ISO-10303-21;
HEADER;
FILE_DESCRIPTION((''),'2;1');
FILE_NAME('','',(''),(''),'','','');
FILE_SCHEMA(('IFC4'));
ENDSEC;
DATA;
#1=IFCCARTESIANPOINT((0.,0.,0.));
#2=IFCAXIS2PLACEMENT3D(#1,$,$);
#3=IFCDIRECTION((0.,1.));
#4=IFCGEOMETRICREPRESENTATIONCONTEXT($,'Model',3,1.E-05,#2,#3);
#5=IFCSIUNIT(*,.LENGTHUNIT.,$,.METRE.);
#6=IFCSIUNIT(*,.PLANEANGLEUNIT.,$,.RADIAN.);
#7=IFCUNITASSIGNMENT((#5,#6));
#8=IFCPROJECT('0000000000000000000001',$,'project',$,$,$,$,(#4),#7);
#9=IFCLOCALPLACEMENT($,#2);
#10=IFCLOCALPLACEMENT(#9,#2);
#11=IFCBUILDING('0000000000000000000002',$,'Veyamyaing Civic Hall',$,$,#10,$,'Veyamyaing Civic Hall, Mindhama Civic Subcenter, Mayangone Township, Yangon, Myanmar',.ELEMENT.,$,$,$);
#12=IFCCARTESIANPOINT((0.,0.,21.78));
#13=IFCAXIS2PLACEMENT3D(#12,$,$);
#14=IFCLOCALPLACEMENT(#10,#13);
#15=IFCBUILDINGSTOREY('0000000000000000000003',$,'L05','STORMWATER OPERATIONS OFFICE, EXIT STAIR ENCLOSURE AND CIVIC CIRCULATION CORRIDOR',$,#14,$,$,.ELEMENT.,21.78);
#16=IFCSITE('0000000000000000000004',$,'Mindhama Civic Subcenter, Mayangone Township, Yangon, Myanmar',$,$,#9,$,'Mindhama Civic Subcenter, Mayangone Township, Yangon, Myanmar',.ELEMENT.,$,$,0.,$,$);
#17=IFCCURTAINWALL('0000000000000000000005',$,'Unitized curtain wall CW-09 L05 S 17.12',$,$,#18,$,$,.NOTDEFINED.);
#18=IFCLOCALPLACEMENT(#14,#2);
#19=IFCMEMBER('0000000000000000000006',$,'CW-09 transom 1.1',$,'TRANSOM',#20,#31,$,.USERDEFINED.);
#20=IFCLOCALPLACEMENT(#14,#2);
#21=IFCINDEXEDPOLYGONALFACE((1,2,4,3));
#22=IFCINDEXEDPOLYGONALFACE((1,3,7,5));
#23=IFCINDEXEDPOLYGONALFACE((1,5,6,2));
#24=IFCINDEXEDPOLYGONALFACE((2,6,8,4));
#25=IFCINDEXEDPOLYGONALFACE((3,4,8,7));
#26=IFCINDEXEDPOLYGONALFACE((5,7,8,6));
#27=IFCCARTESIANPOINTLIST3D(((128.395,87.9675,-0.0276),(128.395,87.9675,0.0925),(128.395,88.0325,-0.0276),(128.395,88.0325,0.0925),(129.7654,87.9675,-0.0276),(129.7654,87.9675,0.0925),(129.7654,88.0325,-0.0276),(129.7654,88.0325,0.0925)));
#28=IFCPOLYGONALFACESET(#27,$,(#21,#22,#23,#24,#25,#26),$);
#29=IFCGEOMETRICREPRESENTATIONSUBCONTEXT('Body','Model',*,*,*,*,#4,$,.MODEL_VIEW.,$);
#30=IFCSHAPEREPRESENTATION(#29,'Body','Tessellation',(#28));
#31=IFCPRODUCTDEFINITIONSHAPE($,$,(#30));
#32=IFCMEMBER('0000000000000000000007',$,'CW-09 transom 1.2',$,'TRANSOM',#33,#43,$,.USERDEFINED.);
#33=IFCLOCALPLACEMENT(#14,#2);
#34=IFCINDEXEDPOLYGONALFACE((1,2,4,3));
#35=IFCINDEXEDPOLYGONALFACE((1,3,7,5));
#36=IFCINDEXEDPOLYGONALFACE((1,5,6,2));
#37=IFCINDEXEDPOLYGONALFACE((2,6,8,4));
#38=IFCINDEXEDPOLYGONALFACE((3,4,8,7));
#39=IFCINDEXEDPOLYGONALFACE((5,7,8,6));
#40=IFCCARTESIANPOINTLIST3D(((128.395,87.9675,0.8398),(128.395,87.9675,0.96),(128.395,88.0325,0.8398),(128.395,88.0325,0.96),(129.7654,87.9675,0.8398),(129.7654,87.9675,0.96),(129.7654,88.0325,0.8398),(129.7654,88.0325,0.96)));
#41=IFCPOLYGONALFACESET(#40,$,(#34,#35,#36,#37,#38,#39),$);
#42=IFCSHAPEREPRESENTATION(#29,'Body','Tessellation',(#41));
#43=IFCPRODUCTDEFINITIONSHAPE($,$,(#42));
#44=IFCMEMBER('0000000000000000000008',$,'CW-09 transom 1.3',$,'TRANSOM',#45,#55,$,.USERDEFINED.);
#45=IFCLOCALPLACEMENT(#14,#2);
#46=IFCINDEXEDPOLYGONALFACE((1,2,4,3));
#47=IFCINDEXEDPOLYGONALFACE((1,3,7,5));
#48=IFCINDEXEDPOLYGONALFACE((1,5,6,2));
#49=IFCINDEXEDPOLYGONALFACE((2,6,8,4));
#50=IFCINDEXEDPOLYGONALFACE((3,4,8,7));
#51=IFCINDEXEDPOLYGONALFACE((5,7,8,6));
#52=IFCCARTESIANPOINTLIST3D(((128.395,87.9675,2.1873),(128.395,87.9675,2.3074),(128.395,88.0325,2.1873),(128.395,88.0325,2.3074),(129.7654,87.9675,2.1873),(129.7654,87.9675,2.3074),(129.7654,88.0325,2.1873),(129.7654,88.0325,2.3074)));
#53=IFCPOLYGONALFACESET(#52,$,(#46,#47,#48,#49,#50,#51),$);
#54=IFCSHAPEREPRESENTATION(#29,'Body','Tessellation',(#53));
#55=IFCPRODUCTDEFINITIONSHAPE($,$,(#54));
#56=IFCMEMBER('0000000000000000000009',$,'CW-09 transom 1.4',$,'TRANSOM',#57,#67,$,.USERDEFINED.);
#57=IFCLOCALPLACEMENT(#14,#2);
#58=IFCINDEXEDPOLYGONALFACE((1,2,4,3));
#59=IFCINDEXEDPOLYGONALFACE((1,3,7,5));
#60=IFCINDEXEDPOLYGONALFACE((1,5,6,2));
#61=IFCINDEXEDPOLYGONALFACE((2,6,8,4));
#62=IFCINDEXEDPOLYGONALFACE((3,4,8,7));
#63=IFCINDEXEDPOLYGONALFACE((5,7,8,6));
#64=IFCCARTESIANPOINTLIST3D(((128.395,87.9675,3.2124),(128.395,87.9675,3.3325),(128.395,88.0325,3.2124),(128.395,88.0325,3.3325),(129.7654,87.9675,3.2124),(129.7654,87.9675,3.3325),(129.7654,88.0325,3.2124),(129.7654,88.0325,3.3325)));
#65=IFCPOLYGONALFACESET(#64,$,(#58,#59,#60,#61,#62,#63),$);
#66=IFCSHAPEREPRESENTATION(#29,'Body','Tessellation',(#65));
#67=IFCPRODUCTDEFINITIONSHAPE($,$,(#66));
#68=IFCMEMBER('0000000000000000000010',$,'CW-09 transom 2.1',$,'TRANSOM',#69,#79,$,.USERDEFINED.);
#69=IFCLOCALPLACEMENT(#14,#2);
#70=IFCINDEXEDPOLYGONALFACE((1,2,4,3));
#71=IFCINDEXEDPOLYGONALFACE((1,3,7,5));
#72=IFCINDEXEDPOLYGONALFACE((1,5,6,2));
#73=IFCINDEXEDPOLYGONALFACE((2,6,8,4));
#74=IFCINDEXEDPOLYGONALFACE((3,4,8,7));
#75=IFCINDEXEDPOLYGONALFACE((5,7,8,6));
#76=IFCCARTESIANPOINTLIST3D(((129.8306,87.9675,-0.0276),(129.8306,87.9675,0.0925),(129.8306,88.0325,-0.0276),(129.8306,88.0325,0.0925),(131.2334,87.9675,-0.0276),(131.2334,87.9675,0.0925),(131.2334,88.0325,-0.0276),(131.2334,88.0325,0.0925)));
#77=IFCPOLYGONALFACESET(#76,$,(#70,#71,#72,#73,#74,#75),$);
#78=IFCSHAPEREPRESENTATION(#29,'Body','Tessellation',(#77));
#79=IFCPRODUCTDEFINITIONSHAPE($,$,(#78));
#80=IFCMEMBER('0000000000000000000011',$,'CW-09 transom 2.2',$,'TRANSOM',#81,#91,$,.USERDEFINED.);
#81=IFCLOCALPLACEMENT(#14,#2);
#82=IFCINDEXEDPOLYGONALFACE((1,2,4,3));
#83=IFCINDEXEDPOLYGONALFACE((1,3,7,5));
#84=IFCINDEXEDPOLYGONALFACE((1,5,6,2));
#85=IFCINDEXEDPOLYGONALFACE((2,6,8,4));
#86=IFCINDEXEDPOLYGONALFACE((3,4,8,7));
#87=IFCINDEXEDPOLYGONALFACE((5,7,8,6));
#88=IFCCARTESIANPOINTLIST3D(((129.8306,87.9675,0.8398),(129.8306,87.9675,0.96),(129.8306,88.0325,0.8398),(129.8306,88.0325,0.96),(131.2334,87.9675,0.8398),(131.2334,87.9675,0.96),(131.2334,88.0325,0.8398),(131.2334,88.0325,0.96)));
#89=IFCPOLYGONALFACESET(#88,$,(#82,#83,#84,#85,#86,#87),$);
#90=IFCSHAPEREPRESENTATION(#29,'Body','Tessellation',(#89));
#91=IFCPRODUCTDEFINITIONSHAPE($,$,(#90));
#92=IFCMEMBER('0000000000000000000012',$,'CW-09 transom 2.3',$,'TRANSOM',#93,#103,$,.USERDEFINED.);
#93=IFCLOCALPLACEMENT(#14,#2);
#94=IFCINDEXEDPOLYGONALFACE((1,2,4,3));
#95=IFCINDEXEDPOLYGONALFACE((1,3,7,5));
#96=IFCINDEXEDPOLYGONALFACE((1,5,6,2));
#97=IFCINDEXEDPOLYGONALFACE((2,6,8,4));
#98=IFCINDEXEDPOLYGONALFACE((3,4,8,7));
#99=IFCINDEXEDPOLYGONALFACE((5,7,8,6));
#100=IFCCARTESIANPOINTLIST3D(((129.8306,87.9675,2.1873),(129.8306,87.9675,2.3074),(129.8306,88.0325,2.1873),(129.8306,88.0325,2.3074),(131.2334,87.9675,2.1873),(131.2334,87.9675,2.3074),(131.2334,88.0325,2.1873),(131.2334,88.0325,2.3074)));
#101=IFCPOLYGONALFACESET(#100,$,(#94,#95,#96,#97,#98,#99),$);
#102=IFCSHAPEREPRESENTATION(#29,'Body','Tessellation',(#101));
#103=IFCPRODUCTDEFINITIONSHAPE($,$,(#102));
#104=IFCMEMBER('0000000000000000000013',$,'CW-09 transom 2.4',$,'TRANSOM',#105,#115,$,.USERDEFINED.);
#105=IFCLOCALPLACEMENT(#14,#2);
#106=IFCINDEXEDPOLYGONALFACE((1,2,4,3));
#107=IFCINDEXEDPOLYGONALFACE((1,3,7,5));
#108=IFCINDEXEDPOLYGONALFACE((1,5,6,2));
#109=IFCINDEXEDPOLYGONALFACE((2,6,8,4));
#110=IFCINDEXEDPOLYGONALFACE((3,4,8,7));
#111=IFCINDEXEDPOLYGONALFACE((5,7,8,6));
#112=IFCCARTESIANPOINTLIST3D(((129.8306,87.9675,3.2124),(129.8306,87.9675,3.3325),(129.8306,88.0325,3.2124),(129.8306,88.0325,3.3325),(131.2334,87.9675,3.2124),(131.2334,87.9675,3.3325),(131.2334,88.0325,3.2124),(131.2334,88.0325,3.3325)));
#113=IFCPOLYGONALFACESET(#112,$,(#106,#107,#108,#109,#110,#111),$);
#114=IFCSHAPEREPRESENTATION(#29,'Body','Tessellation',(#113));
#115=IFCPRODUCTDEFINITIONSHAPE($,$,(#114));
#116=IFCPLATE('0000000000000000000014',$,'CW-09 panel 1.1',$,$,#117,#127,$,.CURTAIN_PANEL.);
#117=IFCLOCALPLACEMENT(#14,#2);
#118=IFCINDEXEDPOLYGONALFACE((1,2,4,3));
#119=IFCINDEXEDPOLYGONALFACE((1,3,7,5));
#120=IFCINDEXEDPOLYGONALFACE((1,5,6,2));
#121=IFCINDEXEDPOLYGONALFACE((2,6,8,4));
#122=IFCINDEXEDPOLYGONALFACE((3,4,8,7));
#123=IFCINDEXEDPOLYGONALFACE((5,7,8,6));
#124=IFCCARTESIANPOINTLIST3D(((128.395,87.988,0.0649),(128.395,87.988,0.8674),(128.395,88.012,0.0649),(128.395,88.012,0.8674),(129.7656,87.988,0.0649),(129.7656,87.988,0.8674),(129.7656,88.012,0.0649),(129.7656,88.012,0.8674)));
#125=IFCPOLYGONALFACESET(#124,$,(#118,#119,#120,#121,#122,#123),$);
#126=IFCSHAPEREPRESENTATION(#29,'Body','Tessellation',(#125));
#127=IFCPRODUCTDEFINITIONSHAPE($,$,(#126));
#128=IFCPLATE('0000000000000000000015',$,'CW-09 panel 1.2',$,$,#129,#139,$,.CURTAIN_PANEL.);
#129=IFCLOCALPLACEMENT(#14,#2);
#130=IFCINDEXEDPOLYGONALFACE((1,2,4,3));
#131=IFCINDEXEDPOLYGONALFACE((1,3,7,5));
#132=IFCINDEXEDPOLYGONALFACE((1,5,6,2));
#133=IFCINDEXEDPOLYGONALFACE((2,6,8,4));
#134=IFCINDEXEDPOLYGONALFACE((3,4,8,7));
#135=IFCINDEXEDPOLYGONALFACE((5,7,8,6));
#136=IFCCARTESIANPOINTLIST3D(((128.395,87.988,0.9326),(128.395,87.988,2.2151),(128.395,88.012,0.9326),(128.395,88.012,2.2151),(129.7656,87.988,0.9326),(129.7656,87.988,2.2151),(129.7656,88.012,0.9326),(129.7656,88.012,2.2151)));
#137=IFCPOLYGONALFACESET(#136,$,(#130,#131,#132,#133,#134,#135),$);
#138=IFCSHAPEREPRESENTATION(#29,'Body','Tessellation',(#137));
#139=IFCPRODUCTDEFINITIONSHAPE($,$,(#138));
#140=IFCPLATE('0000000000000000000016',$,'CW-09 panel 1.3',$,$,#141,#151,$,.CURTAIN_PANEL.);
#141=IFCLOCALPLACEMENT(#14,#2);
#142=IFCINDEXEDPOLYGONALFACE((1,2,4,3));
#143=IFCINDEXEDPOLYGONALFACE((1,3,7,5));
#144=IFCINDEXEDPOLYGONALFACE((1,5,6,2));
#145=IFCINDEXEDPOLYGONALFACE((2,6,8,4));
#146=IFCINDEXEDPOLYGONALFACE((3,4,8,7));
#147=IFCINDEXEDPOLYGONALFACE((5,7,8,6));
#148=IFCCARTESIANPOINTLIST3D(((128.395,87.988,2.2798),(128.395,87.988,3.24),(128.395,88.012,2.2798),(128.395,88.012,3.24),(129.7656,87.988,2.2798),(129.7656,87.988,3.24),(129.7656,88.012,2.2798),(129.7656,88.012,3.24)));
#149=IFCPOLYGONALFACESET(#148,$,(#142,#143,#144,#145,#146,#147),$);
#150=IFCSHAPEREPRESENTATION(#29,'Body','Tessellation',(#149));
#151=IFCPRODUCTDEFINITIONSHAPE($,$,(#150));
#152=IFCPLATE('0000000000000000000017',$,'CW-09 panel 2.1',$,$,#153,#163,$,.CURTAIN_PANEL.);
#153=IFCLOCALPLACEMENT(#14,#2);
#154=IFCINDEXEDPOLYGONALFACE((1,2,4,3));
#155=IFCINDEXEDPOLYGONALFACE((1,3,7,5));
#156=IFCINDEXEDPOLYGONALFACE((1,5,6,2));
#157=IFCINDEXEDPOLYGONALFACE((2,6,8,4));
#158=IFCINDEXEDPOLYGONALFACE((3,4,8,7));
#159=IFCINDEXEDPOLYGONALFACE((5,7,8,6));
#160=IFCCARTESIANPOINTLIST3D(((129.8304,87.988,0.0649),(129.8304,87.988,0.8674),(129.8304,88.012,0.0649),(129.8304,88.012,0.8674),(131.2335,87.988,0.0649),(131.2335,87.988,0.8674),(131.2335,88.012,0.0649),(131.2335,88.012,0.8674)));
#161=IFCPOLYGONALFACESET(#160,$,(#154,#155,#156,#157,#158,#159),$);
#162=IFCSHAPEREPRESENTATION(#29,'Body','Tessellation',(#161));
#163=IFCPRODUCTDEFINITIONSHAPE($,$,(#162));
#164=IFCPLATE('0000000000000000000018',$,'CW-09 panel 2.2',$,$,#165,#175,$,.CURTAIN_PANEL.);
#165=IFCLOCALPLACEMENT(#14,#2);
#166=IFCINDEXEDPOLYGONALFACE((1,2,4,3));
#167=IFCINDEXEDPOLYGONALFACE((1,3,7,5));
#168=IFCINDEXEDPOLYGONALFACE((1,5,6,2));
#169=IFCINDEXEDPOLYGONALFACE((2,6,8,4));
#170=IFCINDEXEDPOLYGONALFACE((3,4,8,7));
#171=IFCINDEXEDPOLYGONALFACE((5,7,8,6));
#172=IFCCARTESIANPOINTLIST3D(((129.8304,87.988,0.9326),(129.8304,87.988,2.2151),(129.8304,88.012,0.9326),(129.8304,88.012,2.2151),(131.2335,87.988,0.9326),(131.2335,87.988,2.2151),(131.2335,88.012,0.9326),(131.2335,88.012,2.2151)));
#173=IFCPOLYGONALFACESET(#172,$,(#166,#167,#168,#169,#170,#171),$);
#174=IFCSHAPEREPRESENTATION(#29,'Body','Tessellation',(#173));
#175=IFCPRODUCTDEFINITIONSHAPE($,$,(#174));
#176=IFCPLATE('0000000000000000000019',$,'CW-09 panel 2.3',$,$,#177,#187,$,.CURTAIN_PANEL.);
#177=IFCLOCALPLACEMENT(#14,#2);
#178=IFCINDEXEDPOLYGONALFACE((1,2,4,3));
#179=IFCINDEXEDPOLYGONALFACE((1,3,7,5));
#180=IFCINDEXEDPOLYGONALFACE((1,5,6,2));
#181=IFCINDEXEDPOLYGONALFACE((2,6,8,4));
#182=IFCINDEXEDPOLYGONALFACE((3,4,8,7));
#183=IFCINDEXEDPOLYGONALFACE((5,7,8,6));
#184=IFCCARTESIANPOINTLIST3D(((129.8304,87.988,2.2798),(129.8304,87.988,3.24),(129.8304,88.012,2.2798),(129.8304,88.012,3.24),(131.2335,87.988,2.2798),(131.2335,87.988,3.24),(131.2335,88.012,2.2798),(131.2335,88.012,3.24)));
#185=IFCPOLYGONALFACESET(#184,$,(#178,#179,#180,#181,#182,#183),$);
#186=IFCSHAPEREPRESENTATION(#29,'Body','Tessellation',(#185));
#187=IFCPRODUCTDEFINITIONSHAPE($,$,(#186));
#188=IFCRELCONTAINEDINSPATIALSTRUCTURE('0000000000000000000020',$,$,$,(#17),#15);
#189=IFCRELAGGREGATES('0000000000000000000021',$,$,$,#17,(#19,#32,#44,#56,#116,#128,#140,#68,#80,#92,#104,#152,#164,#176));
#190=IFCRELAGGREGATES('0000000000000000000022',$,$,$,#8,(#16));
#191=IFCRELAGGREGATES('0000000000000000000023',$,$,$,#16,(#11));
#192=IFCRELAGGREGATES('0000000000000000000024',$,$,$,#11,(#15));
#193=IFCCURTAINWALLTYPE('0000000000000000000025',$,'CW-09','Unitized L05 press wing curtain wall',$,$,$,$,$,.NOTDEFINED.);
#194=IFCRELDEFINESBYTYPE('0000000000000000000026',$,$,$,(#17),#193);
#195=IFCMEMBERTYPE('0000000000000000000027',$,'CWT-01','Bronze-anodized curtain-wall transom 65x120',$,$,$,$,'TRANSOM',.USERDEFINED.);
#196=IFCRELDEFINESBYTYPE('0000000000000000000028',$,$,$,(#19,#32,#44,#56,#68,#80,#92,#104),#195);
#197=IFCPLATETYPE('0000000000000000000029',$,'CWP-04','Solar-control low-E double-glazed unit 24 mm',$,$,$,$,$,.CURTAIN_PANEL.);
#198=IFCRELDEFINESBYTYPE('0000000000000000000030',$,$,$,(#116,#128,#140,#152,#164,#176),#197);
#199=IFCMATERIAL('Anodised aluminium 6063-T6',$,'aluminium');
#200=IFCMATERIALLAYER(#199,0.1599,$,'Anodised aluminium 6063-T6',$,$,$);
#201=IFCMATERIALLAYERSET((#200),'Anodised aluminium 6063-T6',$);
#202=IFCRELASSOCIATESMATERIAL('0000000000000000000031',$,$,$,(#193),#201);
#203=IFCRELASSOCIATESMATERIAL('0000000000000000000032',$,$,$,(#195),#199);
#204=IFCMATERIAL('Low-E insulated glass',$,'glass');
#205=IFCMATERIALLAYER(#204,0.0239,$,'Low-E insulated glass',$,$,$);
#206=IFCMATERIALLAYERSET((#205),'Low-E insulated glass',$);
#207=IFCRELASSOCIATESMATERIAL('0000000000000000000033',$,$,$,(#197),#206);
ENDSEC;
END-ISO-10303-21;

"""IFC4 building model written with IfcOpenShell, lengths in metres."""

from ifc_helpers import new_model, si_unit, direction, frame, origin, origin_2d, place, context, subcontext, project, spatial, rectangle, extrude, material, layer, layer_set, material_profile, profile_set, type_object, element, aggregate, save


model = new_model("IFC4")

# Units and contexts
model_context = context("Model", 3, precision=1e-05, world=origin(), true_north=direction((0.0, 1.0)))
body_context = subcontext(model_context, "Body", "Model", "MODEL_VIEW")
ifc_project = project(units=[si_unit("LENGTHUNIT", "METRE"), si_unit("PLANEANGLEUNIT", "RADIAN")], contexts=[model_context])

# Site, building, storey
site_placement = place(None, origin())
site = spatial("IfcSite", under=ifc_project, at=site_placement, Name="Mindhama Civic Subcenter, Mayangone Township, Yangon, Myanmar", LongName="Mindhama Civic Subcenter, Mayangone Township, Yangon, Myanmar", CompositionType="ELEMENT", RefElevation=0.0)
building_placement = place(site_placement, origin())
building = spatial("IfcBuilding", under=site, at=building_placement, Name="Veyamyaing Civic Hall", LongName="Veyamyaing Civic Hall, Mindhama Civic Subcenter, Mayangone Township, Yangon, Myanmar", CompositionType="ELEMENT")
storey_placement = place(building_placement, frame((0.0, 0.0, 21.78)))
storey = spatial("IfcBuildingStorey", under=building, at=storey_placement, Name="L05", Description="STORMWATER OPERATIONS OFFICE, EXIT STAIR ENCLOSURE AND CIVIC CIRCULATION CORRIDOR", CompositionType="ELEMENT", Elevation=21.78)

# Curtain wall, members, plates
ifc_material_1 = material(Name="Anodised aluminium 6063-T6", Category="aluminium")
ifc_layer_1 = layer(ifc_material_1, 0.1599, Name="Anodised aluminium 6063-T6")
ifc_layer_set_1 = layer_set([ifc_layer_1], Name="Anodised aluminium 6063-T6")
curtain_wall_type = type_object("IfcCurtainWallType", Name="CW-09", Description="Unitized L05 press wing curtain wall", PredefinedType="NOTDEFINED", material=ifc_layer_set_1)
curtain_wall_placement = place(storey_placement, origin())
curtain_wall = element("IfcCurtainWall", 1, at=curtain_wall_placement, inside=storey, type_object=curtain_wall_type, Name="Unitized curtain wall CW-09 L05 S 17.12", PredefinedType="NOTDEFINED")
ifc_material_profile_1 = material_profile(ifc_material_1, rectangle(XDim=0.0649, YDim=0.1201, at=origin_2d()), Name="ALU-TRN-65X120")
ifc_profile_set_1 = profile_set([ifc_material_profile_1], Name="Anodised aluminium 6063-T6")
member_type_1 = type_object("IfcMemberType", Name="CWT-01", Description="Bronze-anodized curtain-wall transom 65x120", ElementType="TRANSOM", PredefinedType="USERDEFINED", material=ifc_profile_set_1)
member_1_placement = place(storey_placement, frame((128.395, 88.0, 0.0325), z_axis=(1.0, 0.0, 0.0), x_axis=(0.0, 1.0, 0.0)))
member_1 = element("IfcMember", 2, at=member_1_placement, type_object=member_type_1, Name="CW-09 transom 1.1", ObjectType="TRANSOM", PredefinedType="USERDEFINED", context=body_context, shape_type="SweptSolid", body=[
    extrude(rectangle(XDim=0.0649, YDim=0.1201, at=origin_2d()), origin(), (0.0, 0.0, 1.0), 1.3704),
])
member_2_placement = place(storey_placement, frame((128.395, 88.0, 0.8999), z_axis=(1.0, 0.0, 0.0), x_axis=(0.0, 1.0, 0.0)))
member_2 = element("IfcMember", 3, at=member_2_placement, type_object=member_type_1, Name="CW-09 transom 1.2", ObjectType="TRANSOM", PredefinedType="USERDEFINED", context=body_context, shape_type="SweptSolid", body=[
    extrude(rectangle(XDim=0.0649, YDim=0.1201, at=origin_2d()), origin(), (0.0, 0.0, 1.0), 1.3704),
])
member_3_placement = place(storey_placement, frame((128.395, 88.0, 2.2473), z_axis=(1.0, 0.0, 0.0), x_axis=(0.0, 1.0, 0.0)))
member_3 = element("IfcMember", 4, at=member_3_placement, type_object=member_type_1, Name="CW-09 transom 1.3", ObjectType="TRANSOM", PredefinedType="USERDEFINED", context=body_context, shape_type="SweptSolid", body=[
    extrude(rectangle(XDim=0.0649, YDim=0.1201, at=origin_2d()), origin(), (0.0, 0.0, 1.0), 1.3704),
])
member_4_placement = place(storey_placement, frame((128.395, 88.0, 3.2725), z_axis=(1.0, 0.0, 0.0), x_axis=(0.0, 1.0, 0.0)))
member_4 = element("IfcMember", 5, at=member_4_placement, type_object=member_type_1, Name="CW-09 transom 1.4", ObjectType="TRANSOM", PredefinedType="USERDEFINED", context=body_context, shape_type="SweptSolid", body=[
    extrude(rectangle(XDim=0.0649, YDim=0.1201, at=origin_2d()), origin(), (0.0, 0.0, 1.0), 1.3704),
])
member_5_placement = place(storey_placement, frame((129.8306, 88.0, 0.0325), z_axis=(1.0, 0.0, 0.0), x_axis=(0.0, 1.0, 0.0)))
member_5 = element("IfcMember", 6, at=member_5_placement, type_object=member_type_1, Name="CW-09 transom 2.1", ObjectType="TRANSOM", PredefinedType="USERDEFINED", context=body_context, shape_type="SweptSolid", body=[
    extrude(rectangle(XDim=0.0649, YDim=0.1201, at=origin_2d()), origin(), (0.0, 0.0, 1.0), 1.4028),
])
member_6_placement = place(storey_placement, frame((129.8306, 88.0, 0.8999), z_axis=(1.0, 0.0, 0.0), x_axis=(0.0, 1.0, 0.0)))
member_6 = element("IfcMember", 7, at=member_6_placement, type_object=member_type_1, Name="CW-09 transom 2.2", ObjectType="TRANSOM", PredefinedType="USERDEFINED", context=body_context, shape_type="SweptSolid", body=[
    extrude(rectangle(XDim=0.0649, YDim=0.1201, at=origin_2d()), origin(), (0.0, 0.0, 1.0), 1.4028),
])
member_7_placement = place(storey_placement, frame((129.8306, 88.0, 2.2473), z_axis=(1.0, 0.0, 0.0), x_axis=(0.0, 1.0, 0.0)))
member_7 = element("IfcMember", 8, at=member_7_placement, type_object=member_type_1, Name="CW-09 transom 2.3", ObjectType="TRANSOM", PredefinedType="USERDEFINED", context=body_context, shape_type="SweptSolid", body=[
    extrude(rectangle(XDim=0.0649, YDim=0.1201, at=origin_2d()), origin(), (0.0, 0.0, 1.0), 1.4028),
])
member_8_placement = place(storey_placement, frame((129.8306, 88.0, 3.2725), z_axis=(1.0, 0.0, 0.0), x_axis=(0.0, 1.0, 0.0)))
member_8 = element("IfcMember", 9, at=member_8_placement, type_object=member_type_1, Name="CW-09 transom 2.4", ObjectType="TRANSOM", PredefinedType="USERDEFINED", context=body_context, shape_type="SweptSolid", body=[
    extrude(rectangle(XDim=0.0649, YDim=0.1201, at=origin_2d()), origin(), (0.0, 0.0, 1.0), 1.4028),
])
ifc_material_2 = material(Name="Low-E insulated glass", Category="glass")
ifc_layer_2 = layer(ifc_material_2, 0.0239, Name="Low-E insulated glass")
ifc_layer_set_2 = layer_set([ifc_layer_2], Name="Low-E insulated glass")
plate_type = type_object("IfcPlateType", Name="CWP-04", Description="Solar-control low-E double-glazed unit 24 mm", PredefinedType="CURTAIN_PANEL", material=ifc_layer_set_2)
plate_1_placement = place(storey_placement, frame((129.0803, 88.0, 0.0649), z_axis=(0.0, 0.0, 1.0), x_axis=(1.0, 0.0, 0.0)))
plate_1 = element("IfcPlate", 10, at=plate_1_placement, type_object=plate_type, Name="CW-09 panel 1.1", PredefinedType="CURTAIN_PANEL", context=body_context, shape_type="SweptSolid", body=[
    extrude(rectangle(XDim=1.3706, YDim=0.0239, at=origin_2d()), origin(), (0.0, 0.0, 1.0), 0.8025),
])
plate_2_placement = place(storey_placement, frame((129.0803, 88.0, 0.9326), z_axis=(0.0, 0.0, 1.0), x_axis=(1.0, 0.0, 0.0)))
plate_2 = element("IfcPlate", 11, at=plate_2_placement, type_object=plate_type, Name="CW-09 panel 1.2", PredefinedType="CURTAIN_PANEL", context=body_context, shape_type="SweptSolid", body=[
    extrude(rectangle(XDim=1.3706, YDim=0.0239, at=origin_2d()), origin(), (0.0, 0.0, 1.0), 1.2825),
])
plate_3_placement = place(storey_placement, frame((129.0803, 88.0, 2.2798), z_axis=(0.0, 0.0, 1.0), x_axis=(1.0, 0.0, 0.0)))
plate_3 = element("IfcPlate", 12, at=plate_3_placement, type_object=plate_type, Name="CW-09 panel 1.3", PredefinedType="CURTAIN_PANEL", context=body_context, shape_type="SweptSolid", body=[
    extrude(rectangle(XDim=1.3706, YDim=0.0239, at=origin_2d()), origin(), (0.0, 0.0, 1.0), 0.9602),
])
plate_4_placement = place(storey_placement, frame((130.532, 88.0, 0.0649), z_axis=(0.0, 0.0, 1.0), x_axis=(1.0, 0.0, 0.0)))
plate_4 = element("IfcPlate", 13, at=plate_4_placement, type_object=plate_type, Name="CW-09 panel 2.1", PredefinedType="CURTAIN_PANEL", context=body_context, shape_type="SweptSolid", body=[
    extrude(rectangle(XDim=1.4031, YDim=0.0239, at=origin_2d()), origin(), (0.0, 0.0, 1.0), 0.8025),
])
plate_5_placement = place(storey_placement, frame((130.532, 88.0, 0.9326), z_axis=(0.0, 0.0, 1.0), x_axis=(1.0, 0.0, 0.0)))
plate_5 = element("IfcPlate", 14, at=plate_5_placement, type_object=plate_type, Name="CW-09 panel 2.2", PredefinedType="CURTAIN_PANEL", context=body_context, shape_type="SweptSolid", body=[
    extrude(rectangle(XDim=1.4031, YDim=0.0239, at=origin_2d()), origin(), (0.0, 0.0, 1.0), 1.2825),
])
plate_6_placement = place(storey_placement, frame((130.532, 88.0, 2.2798), z_axis=(0.0, 0.0, 1.0), x_axis=(1.0, 0.0, 0.0)))
plate_6 = element("IfcPlate", 15, at=plate_6_placement, type_object=plate_type, Name="CW-09 panel 2.3", PredefinedType="CURTAIN_PANEL", context=body_context, shape_type="SweptSolid", body=[
    extrude(rectangle(XDim=1.4031, YDim=0.0239, at=origin_2d()), origin(), (0.0, 0.0, 1.0), 0.9602),
])
aggregate(curtain_wall, [member_1, member_2, member_3, member_4, plate_1, plate_2, plate_3, member_5, member_6, member_7, member_8, plate_4, plate_5, plate_6])

save(model, "model.ifc")
